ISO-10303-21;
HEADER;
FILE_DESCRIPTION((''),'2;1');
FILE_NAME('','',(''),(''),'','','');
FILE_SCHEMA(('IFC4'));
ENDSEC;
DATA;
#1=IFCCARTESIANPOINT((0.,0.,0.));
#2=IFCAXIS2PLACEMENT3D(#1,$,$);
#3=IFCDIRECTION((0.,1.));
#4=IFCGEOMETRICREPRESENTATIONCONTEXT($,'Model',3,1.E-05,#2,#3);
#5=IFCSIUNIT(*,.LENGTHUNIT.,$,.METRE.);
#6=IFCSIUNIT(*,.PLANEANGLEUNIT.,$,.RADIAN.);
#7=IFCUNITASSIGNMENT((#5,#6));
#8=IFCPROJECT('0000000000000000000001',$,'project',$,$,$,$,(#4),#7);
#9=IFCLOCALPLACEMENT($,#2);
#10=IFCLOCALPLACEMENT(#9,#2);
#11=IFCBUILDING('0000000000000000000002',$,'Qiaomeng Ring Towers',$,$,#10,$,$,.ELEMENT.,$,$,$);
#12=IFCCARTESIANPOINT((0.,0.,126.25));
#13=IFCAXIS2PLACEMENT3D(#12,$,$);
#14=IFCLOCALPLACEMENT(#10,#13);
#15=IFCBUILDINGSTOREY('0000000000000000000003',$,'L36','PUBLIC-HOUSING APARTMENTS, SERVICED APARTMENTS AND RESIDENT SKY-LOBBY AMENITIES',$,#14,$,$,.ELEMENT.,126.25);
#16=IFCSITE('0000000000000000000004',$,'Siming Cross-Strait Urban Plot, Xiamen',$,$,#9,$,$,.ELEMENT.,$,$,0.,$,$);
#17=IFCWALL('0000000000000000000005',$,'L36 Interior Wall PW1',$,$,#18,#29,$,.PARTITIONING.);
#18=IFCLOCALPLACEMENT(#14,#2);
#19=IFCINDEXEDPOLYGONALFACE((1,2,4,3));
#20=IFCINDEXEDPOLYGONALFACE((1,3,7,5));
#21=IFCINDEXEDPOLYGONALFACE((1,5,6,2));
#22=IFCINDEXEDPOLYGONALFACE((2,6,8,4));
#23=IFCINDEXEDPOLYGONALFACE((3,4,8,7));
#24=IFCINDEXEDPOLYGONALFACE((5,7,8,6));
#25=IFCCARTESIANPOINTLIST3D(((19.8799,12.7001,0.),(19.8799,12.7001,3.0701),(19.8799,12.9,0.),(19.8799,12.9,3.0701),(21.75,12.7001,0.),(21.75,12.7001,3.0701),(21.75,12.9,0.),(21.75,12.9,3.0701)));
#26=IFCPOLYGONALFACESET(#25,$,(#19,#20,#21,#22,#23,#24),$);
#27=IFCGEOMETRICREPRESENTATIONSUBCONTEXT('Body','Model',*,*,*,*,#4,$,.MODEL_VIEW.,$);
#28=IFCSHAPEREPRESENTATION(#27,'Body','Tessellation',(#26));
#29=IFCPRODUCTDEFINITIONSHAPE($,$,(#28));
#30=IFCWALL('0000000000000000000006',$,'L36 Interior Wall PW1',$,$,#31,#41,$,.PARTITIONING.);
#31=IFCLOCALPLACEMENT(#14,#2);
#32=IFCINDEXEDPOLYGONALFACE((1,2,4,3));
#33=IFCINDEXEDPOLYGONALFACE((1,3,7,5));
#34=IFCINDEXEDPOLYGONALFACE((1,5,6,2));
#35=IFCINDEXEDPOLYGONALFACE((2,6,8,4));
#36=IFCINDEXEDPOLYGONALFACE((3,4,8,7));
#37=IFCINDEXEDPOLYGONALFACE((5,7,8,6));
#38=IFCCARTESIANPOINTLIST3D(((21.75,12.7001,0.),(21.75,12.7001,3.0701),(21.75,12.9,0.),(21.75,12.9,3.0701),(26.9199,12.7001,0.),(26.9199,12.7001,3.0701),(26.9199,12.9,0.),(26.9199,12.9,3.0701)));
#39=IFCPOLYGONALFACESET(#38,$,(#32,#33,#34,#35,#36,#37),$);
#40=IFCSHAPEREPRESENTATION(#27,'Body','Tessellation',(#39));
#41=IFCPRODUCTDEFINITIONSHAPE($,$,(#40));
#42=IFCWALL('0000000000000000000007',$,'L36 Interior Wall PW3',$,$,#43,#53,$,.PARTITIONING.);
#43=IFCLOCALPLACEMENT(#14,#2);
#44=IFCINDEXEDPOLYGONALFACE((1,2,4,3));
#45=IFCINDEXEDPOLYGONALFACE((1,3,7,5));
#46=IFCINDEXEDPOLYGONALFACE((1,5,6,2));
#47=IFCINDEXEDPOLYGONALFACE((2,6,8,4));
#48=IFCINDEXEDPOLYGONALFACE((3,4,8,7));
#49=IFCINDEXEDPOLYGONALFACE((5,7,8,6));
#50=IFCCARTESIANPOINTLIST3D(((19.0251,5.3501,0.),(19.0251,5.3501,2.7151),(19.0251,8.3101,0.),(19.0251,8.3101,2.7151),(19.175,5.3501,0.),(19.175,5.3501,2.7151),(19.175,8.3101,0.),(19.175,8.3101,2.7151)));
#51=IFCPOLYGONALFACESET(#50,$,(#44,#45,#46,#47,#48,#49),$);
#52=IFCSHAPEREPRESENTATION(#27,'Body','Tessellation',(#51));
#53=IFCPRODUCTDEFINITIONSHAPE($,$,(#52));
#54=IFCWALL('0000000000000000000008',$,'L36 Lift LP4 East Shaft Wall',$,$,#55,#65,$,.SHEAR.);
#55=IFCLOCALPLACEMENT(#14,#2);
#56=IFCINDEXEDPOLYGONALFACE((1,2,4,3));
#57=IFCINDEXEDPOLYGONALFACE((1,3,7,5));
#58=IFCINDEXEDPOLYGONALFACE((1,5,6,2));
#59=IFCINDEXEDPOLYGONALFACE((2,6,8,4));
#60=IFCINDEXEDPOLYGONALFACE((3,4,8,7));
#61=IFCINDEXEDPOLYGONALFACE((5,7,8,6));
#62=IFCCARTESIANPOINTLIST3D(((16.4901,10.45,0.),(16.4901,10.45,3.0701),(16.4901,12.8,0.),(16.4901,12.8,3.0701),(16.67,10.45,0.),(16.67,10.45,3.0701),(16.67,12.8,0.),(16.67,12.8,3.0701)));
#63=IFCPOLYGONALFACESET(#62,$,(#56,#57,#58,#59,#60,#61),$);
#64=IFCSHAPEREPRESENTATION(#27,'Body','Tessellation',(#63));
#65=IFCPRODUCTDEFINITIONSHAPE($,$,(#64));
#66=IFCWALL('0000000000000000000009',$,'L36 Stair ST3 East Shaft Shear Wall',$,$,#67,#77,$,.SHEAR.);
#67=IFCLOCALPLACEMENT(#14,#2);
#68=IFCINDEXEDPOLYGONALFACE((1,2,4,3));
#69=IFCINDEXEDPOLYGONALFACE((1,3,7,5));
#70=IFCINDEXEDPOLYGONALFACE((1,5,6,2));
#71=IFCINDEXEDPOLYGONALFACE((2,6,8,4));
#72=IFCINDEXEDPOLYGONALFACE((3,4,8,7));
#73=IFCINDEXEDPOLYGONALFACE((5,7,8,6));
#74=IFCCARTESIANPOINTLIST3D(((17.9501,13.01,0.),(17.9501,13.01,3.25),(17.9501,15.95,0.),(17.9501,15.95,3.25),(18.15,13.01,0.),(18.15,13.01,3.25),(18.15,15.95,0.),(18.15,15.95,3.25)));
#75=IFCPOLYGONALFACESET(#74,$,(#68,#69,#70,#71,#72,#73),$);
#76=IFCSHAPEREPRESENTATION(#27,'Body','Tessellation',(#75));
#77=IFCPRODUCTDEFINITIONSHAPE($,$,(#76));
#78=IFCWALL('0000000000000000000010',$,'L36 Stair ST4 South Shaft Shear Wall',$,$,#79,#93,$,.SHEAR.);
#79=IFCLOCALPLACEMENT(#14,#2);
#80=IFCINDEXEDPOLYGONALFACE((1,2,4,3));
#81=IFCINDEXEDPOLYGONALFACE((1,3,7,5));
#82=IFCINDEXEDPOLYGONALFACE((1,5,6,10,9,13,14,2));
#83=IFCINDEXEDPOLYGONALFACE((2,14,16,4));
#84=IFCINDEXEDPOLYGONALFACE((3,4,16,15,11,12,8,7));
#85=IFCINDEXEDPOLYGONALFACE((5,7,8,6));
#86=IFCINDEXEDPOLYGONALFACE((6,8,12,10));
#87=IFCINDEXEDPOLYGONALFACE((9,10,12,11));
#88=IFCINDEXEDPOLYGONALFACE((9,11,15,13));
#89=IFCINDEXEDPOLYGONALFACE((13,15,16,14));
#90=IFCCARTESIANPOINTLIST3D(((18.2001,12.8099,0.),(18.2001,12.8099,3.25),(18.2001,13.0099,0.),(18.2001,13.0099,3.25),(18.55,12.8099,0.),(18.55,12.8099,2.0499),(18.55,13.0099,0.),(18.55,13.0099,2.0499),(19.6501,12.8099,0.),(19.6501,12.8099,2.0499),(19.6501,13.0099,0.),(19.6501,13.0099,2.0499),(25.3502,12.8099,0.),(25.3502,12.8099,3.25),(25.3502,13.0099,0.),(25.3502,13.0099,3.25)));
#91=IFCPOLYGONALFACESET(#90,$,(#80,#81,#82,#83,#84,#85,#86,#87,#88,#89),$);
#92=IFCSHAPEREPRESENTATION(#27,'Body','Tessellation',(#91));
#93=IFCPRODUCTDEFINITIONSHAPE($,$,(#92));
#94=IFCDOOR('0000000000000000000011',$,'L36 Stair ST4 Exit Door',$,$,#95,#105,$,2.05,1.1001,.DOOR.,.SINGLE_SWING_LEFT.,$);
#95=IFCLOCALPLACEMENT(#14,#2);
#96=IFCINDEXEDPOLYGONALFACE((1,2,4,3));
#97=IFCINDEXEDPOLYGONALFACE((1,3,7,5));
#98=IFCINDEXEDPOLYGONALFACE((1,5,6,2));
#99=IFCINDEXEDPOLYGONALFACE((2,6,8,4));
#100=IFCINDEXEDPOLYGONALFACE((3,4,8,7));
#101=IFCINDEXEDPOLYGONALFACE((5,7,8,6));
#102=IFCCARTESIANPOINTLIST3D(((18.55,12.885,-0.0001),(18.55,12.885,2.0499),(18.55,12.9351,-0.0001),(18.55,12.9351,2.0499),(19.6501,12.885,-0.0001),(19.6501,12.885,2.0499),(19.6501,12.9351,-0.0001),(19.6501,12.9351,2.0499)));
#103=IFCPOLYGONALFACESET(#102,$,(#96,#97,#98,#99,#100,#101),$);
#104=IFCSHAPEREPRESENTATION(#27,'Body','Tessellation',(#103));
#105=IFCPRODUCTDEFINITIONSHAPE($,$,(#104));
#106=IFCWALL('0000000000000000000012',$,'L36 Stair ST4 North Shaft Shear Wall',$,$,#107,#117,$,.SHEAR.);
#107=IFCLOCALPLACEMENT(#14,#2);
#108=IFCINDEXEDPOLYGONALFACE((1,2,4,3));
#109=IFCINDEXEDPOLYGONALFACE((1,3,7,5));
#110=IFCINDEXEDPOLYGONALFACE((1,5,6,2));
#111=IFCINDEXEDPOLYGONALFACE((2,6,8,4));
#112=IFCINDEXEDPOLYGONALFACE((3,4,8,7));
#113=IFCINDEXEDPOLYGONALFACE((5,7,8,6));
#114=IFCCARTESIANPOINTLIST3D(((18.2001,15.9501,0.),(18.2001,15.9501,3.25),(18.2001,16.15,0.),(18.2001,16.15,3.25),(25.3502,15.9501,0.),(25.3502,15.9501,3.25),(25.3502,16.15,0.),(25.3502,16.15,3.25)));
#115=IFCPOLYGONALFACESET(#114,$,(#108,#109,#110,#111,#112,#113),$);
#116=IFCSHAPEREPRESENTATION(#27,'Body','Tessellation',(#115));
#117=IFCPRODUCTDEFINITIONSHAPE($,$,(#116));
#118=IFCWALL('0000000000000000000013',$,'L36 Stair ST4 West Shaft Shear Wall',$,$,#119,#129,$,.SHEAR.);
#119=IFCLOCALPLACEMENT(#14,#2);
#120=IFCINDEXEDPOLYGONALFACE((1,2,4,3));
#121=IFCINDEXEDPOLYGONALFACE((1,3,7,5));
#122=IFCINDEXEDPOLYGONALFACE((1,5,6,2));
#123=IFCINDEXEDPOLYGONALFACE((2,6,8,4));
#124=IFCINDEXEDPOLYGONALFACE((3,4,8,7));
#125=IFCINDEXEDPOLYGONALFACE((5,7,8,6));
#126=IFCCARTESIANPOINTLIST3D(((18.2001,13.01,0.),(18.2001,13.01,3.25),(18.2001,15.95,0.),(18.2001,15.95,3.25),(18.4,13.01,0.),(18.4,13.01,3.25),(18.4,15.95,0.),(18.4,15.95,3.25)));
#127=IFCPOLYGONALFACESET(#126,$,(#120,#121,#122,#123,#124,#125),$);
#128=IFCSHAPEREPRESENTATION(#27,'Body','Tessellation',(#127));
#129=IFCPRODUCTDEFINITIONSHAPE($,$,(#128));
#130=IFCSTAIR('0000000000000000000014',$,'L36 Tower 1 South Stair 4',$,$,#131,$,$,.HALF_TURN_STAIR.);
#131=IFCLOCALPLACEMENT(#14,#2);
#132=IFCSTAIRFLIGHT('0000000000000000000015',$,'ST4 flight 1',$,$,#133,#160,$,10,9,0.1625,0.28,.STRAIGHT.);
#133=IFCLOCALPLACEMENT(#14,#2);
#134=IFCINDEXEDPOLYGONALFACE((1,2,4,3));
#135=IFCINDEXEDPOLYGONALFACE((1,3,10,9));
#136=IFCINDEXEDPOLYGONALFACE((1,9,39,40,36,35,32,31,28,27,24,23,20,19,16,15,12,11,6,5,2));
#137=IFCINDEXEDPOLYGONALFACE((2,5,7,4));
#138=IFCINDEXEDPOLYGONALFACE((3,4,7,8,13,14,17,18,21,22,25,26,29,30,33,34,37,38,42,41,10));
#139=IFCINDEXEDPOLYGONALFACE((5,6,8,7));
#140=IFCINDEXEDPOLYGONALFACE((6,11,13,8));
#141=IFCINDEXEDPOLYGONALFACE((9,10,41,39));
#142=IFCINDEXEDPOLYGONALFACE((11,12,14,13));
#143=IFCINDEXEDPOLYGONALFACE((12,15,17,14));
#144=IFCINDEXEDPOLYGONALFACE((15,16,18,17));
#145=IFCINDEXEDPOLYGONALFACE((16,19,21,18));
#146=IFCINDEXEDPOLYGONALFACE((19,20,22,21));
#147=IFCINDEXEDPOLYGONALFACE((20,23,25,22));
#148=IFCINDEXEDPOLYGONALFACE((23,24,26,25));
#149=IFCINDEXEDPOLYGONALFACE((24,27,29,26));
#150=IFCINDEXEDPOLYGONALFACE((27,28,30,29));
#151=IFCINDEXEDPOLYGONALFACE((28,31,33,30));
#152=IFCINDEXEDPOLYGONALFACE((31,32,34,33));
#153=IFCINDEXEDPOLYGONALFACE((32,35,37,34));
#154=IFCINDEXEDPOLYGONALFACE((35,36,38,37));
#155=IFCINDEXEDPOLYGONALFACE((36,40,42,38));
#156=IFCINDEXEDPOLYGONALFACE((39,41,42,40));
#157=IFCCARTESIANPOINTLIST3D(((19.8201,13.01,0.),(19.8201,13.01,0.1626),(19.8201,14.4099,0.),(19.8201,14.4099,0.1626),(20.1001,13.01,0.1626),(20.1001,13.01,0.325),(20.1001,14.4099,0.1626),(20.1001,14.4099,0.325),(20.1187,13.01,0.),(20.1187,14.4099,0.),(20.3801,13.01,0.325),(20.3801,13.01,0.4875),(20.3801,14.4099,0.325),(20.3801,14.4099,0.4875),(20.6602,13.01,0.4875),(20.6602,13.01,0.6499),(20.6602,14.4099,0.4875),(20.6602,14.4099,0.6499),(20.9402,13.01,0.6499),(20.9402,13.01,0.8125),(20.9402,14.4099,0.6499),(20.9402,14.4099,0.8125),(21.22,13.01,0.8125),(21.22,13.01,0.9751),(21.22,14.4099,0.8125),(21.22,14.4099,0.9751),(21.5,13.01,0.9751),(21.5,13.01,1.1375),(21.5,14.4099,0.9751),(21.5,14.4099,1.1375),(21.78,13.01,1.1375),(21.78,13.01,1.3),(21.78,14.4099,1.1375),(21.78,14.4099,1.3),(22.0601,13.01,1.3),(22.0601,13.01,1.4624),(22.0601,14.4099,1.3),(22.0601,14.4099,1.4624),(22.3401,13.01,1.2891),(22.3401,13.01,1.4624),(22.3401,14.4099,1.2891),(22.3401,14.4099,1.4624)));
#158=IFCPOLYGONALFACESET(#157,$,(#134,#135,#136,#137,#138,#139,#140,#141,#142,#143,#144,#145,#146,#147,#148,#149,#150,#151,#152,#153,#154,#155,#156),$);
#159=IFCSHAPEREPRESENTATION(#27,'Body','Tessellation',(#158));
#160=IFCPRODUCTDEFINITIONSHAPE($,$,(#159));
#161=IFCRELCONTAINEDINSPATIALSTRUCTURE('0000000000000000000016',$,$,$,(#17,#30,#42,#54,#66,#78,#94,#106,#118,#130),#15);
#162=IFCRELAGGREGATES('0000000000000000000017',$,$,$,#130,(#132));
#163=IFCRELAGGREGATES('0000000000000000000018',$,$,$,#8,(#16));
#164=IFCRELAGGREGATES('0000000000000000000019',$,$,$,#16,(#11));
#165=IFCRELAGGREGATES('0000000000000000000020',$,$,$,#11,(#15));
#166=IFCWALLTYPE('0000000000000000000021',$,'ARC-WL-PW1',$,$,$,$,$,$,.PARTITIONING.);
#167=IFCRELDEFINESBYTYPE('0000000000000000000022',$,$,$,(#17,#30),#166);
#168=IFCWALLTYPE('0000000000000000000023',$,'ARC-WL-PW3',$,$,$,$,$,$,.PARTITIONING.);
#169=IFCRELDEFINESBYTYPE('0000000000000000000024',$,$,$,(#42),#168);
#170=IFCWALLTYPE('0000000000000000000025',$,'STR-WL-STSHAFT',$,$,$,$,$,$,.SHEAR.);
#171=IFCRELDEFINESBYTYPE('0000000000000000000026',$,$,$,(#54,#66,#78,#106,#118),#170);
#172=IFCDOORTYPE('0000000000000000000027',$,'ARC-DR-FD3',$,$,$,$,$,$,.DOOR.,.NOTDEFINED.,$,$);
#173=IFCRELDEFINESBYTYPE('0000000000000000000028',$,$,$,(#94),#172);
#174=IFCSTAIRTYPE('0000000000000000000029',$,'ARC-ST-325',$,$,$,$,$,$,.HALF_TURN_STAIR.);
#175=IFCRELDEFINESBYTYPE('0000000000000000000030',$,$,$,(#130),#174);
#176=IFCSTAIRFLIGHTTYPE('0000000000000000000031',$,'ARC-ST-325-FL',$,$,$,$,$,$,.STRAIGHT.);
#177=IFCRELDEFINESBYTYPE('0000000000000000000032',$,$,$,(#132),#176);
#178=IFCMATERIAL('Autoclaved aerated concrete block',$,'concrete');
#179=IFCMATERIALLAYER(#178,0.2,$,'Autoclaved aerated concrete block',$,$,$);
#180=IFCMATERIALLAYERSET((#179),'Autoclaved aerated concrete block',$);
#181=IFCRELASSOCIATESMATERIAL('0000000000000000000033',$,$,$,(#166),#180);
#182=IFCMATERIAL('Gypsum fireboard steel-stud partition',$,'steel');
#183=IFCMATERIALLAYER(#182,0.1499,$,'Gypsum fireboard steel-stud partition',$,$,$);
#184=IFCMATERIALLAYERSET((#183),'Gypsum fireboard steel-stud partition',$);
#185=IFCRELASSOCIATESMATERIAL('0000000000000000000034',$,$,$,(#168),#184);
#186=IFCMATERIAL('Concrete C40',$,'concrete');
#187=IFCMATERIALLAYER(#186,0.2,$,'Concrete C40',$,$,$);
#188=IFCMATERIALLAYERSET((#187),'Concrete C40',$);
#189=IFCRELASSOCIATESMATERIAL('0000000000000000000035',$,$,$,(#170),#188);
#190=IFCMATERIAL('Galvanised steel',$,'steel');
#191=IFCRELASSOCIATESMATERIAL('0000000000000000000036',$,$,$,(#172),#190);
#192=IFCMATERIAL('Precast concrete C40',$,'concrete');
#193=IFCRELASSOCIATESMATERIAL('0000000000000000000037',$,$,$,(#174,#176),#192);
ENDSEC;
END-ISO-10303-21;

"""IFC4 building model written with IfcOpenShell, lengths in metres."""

from ifc_helpers import new_model, si_unit, direction, frame, frame_2d, origin, place, context, subcontext, project, spatial, polyline, rectangle, outline, extrude, source, transform, mapped, material, layer, layer_set, type_object, element, fill, aggregate, save


model = new_model("IFC4")

# Units and contexts
model_context = context("Model", 3, precision=1e-05, world=origin(), true_north=direction((0.0, 1.0)))
body_context = subcontext(model_context, "Body", "Model", "MODEL_VIEW")
ifc_project = project(units=[si_unit("LENGTHUNIT", "METRE"), si_unit("PLANEANGLEUNIT", "RADIAN")], contexts=[model_context])

# Site, building, storey
site_placement = place(None, origin())
site = spatial("IfcSite", under=ifc_project, at=site_placement, Name="Siming Cross-Strait Urban Plot, Xiamen", CompositionType="ELEMENT", RefElevation=0.0)
building_placement = place(site_placement, origin())
building = spatial("IfcBuilding", under=site, at=building_placement, Name="Qiaomeng Ring Towers", CompositionType="ELEMENT")
storey_placement = place(building_placement, frame((0.0, 0.0, 126.25)))
storey = spatial("IfcBuildingStorey", under=building, at=storey_placement, Name="L36", Description="PUBLIC-HOUSING APARTMENTS, SERVICED APARTMENTS AND RESIDENT SKY-LOBBY AMENITIES", CompositionType="ELEMENT", Elevation=126.25)

# Walls
ifc_material_1 = material(Name="Autoclaved aerated concrete block", Category="concrete")
ifc_layer_1 = layer(ifc_material_1, 0.2, Name="Autoclaved aerated concrete block")
ifc_layer_set_1 = layer_set([ifc_layer_1], Name="Autoclaved aerated concrete block")
wall_type_1 = type_object("IfcWallType", Name="ARC-WL-PW1", PredefinedType="PARTITIONING", material=ifc_layer_set_1)
wall_1_placement = place(storey_placement, frame((19.8799, 12.8, 0.0), z_axis=(0.0, 0.0, 1.0), x_axis=(1.0, 0.0, 0.0)))
element("IfcWall", 1, at=wall_1_placement, inside=storey, type_object=wall_type_1, Name="L36 Interior Wall PW1", PredefinedType="PARTITIONING", context=body_context, shape_type="SweptSolid", body=[
    extrude(rectangle(XDim=1.8701, YDim=0.2, at=frame_2d((0.9351, 0.0))), origin(), (0.0, 0.0, 1.0), 3.0701),
])
wall_2_placement = place(storey_placement, frame((21.75, 12.8, 0.0), z_axis=(0.0, 0.0, 1.0), x_axis=(1.0, 0.0, 0.0)))
element("IfcWall", 2, at=wall_2_placement, inside=storey, type_object=wall_type_1, Name="L36 Interior Wall PW1", PredefinedType="PARTITIONING", context=body_context, shape_type="SweptSolid", body=[
    extrude(rectangle(XDim=5.1699, YDim=0.2, at=frame_2d((2.585, 0.0))), origin(), (0.0, 0.0, 1.0), 3.0701),
])
ifc_material_2 = material(Name="Gypsum fireboard steel-stud partition", Category="steel")
ifc_layer_2 = layer(ifc_material_2, 0.1499, Name="Gypsum fireboard steel-stud partition")
ifc_layer_set_2 = layer_set([ifc_layer_2], Name="Gypsum fireboard steel-stud partition")
wall_type_2 = type_object("IfcWallType", Name="ARC-WL-PW3", PredefinedType="PARTITIONING", material=ifc_layer_set_2)
wall_3_placement = place(storey_placement, frame((19.1001, 5.3501, 0.0), z_axis=(0.0, 0.0, 1.0), x_axis=(0.0, 1.0, 0.0)))
element("IfcWall", 3, at=wall_3_placement, inside=storey, type_object=wall_type_2, Name="L36 Interior Wall PW3", PredefinedType="PARTITIONING", context=body_context, shape_type="SweptSolid", body=[
    extrude(rectangle(XDim=2.96, YDim=0.1499, at=frame_2d((1.48, 0.0))), origin(), (0.0, 0.0, 1.0), 2.7151),
])
ifc_material_3 = material(Name="Concrete C40", Category="concrete")
ifc_layer_3 = layer(ifc_material_3, 0.2, Name="Concrete C40")
ifc_layer_set_3 = layer_set([ifc_layer_3], Name="Concrete C40")
wall_type_3 = type_object("IfcWallType", Name="STR-WL-STSHAFT", PredefinedType="SHEAR", material=ifc_layer_set_3)
wall_4_placement = place(storey_placement, frame((16.5801, 10.45, 0.0), z_axis=(0.0, 0.0, 1.0), x_axis=(0.0, 1.0, 0.0)))
element("IfcWall", 4, at=wall_4_placement, inside=storey, type_object=wall_type_3, Name="L36 Lift LP4 East Shaft Wall", PredefinedType="SHEAR", context=body_context, shape_type="SweptSolid", body=[
    extrude(rectangle(XDim=2.3501, YDim=0.1799, at=frame_2d((1.175, 0.0))), origin(), (0.0, 0.0, 1.0), 3.0701),
])
wall_5_placement = place(storey_placement, frame((18.05, 13.01, 0.0), z_axis=(0.0, 0.0, 1.0), x_axis=(0.0, 1.0, 0.0)))
element("IfcWall", 5, at=wall_5_placement, inside=storey, type_object=wall_type_3, Name="L36 Stair ST3 East Shaft Shear Wall", PredefinedType="SHEAR", context=body_context, shape_type="SweptSolid", body=[
    extrude(rectangle(XDim=2.9399, YDim=0.2, at=frame_2d((1.47, 0.0))), origin(), (0.0, 0.0, 1.0), 3.25),
])

# Wall, opening, door
wall_6_placement = place(storey_placement, frame((18.2, 12.9099, 0.0), z_axis=(0.0, 0.0, 1.0), x_axis=(1.0, 0.0, 0.0)))
wall_6 = element("IfcWall", 6, at=wall_6_placement, inside=storey, type_object=wall_type_3, Name="L36 Stair ST4 South Shaft Shear Wall", PredefinedType="SHEAR", context=body_context, shape_type="SweptSolid", body=[
    extrude(rectangle(XDim=7.1501, YDim=0.2, at=frame_2d((3.5752, 0.0))), origin(), (0.0, 0.0, 1.0), 3.25),
])
opening_placement = place(wall_6_placement, frame((0.3501, 0.0, 0.0)))
opening = element("IfcOpeningElement", 7, at=opening_placement, cuts=wall_6, PredefinedType="OPENING", context=body_context, shape_type="SweptSolid", body=[
    extrude(rectangle(XDim=1.1001, YDim=2.05, at=frame_2d((0.55, 1.0249))), frame((0.0, 0.1099, 0.0), z_axis=(0.0, -1.0, 0.0), x_axis=(1.0, 0.0, 0.0)), (0.0, 0.0, 1.0), 0.22),
])
ifc_material_4 = material(Name="Galvanised steel", Category="steel")
door_type = type_object("IfcDoorType", Name="ARC-DR-FD3", OperationType="NOTDEFINED", PredefinedType="DOOR", material=ifc_material_4)
shared_shape_1 = source(origin(), body_context, "Body", "SweptSolid", [
    extrude(rectangle(XDim=1.1001, YDim=2.05, at=frame_2d((0.55, 1.0249))), frame((0.0, 0.0249, 0.0), z_axis=(0.0, -1.0, 0.0), x_axis=(1.0, 0.0, 0.0)), (0.0, 0.0, 1.0), 0.05),
])
door_placement = place(opening_placement, frame((1.1001, 0.0, 0.0), z_axis=(0.0, 0.0, 1.0), x_axis=(-1.0, 0.0, 0.0)))
door = element("IfcDoor", 8, at=door_placement, inside=storey, type_object=door_type, Name="L36 Stair ST4 Exit Door", OperationType="SINGLE_SWING_LEFT", OverallHeight=2.05, OverallWidth=1.1001, PredefinedType="DOOR", context=body_context, shape_type="MappedRepresentation", body=[
    mapped(shared_shape_1, transform((0.0, 0.0, 0.0), x_axis=(1.0, 0.0, 0.0), y_axis=(0.0, 1.0, 0.0), z_axis=(0.0, 0.0, 1.0), scale=1.0)),
])
fill(opening, door)

# Walls
wall_7_placement = place(storey_placement, frame((18.2, 16.05, 0.0), z_axis=(0.0, 0.0, 1.0), x_axis=(1.0, 0.0, 0.0)))
element("IfcWall", 9, at=wall_7_placement, inside=storey, type_object=wall_type_3, Name="L36 Stair ST4 North Shaft Shear Wall", PredefinedType="SHEAR", context=body_context, shape_type="SweptSolid", body=[
    extrude(rectangle(XDim=7.1501, YDim=0.2, at=frame_2d((3.5752, 0.0))), origin(), (0.0, 0.0, 1.0), 3.25),
])
wall_8_placement = place(storey_placement, frame((18.3, 13.01, 0.0), z_axis=(0.0, 0.0, 1.0), x_axis=(0.0, 1.0, 0.0)))
element("IfcWall", 10, at=wall_8_placement, inside=storey, type_object=wall_type_3, Name="L36 Stair ST4 West Shaft Shear Wall", PredefinedType="SHEAR", context=body_context, shape_type="SweptSolid", body=[
    extrude(rectangle(XDim=2.9399, YDim=0.2, at=frame_2d((1.47, 0.0))), origin(), (0.0, 0.0, 1.0), 3.25),
])

# Stair, stair flight
ifc_material_5 = material(Name="Precast concrete C40", Category="concrete")
stair_type = type_object("IfcStairType", Name="ARC-ST-325", PredefinedType="HALF_TURN_STAIR", material=ifc_material_5)
stair_placement = place(storey_placement, origin())
stair = element("IfcStair", 11, at=stair_placement, inside=storey, type_object=stair_type, Name="L36 Tower 1 South Stair 4", PredefinedType="HALF_TURN_STAIR")
stair_flight_type = type_object("IfcStairFlightType", Name="ARC-ST-325-FL", PredefinedType="STRAIGHT", material=ifc_material_5)
shared_shape_2 = source(origin(), body_context, "Body", "SweptSolid", [
    extrude(outline(polyline([(0.0, 0.0), (0.0, 0.1626), (0.28, 0.1626), (0.28, 0.325), (0.5601, 0.325), (0.5601, 0.4875), (0.8401, 0.4875), (0.8401, 0.6499), (1.1201, 0.6499), (1.1201, 0.8125), (1.3999, 0.8125), (1.3999, 0.9751), (1.6799, 0.9751), (1.6799, 1.1375), (1.96, 1.1375), (1.96, 1.3), (2.24, 1.3), (2.24, 1.4624), (2.52, 1.4624), (2.52, 1.625), (2.52, 1.2891), (0.2986, 0.0), (0.0, 0.0)])), frame((0.0, 0.7, 0.0), z_axis=(0.0, -1.0, 0.0), x_axis=(1.0, 0.0, 0.0)), (0.0, 0.0, 1.0), 1.3999),
])
stair_flight_1_placement = place(storey_placement, frame((19.8201, 13.71, 0.0), z_axis=(0.0, 0.0, 1.0), x_axis=(1.0, 0.0, 0.0)))
stair_flight_1 = element("IfcStairFlight", 12, at=stair_flight_1_placement, type_object=stair_flight_type, Name="ST4 flight 1", NumberOfRisers=10, NumberOfTreads=9, PredefinedType="STRAIGHT", RiserHeight=0.1625, TreadLength=0.28, context=body_context, shape_type="MappedRepresentation", body=[
    mapped(shared_shape_2, transform((0.0, 0.0, 0.0), x_axis=(1.0, 0.0, 0.0), y_axis=(0.0, 1.0, 0.0), z_axis=(0.0, 0.0, 1.0), scale=1.0)),
])
aggregate(stair, [stair_flight_1])

save(model, "model.ifc")
